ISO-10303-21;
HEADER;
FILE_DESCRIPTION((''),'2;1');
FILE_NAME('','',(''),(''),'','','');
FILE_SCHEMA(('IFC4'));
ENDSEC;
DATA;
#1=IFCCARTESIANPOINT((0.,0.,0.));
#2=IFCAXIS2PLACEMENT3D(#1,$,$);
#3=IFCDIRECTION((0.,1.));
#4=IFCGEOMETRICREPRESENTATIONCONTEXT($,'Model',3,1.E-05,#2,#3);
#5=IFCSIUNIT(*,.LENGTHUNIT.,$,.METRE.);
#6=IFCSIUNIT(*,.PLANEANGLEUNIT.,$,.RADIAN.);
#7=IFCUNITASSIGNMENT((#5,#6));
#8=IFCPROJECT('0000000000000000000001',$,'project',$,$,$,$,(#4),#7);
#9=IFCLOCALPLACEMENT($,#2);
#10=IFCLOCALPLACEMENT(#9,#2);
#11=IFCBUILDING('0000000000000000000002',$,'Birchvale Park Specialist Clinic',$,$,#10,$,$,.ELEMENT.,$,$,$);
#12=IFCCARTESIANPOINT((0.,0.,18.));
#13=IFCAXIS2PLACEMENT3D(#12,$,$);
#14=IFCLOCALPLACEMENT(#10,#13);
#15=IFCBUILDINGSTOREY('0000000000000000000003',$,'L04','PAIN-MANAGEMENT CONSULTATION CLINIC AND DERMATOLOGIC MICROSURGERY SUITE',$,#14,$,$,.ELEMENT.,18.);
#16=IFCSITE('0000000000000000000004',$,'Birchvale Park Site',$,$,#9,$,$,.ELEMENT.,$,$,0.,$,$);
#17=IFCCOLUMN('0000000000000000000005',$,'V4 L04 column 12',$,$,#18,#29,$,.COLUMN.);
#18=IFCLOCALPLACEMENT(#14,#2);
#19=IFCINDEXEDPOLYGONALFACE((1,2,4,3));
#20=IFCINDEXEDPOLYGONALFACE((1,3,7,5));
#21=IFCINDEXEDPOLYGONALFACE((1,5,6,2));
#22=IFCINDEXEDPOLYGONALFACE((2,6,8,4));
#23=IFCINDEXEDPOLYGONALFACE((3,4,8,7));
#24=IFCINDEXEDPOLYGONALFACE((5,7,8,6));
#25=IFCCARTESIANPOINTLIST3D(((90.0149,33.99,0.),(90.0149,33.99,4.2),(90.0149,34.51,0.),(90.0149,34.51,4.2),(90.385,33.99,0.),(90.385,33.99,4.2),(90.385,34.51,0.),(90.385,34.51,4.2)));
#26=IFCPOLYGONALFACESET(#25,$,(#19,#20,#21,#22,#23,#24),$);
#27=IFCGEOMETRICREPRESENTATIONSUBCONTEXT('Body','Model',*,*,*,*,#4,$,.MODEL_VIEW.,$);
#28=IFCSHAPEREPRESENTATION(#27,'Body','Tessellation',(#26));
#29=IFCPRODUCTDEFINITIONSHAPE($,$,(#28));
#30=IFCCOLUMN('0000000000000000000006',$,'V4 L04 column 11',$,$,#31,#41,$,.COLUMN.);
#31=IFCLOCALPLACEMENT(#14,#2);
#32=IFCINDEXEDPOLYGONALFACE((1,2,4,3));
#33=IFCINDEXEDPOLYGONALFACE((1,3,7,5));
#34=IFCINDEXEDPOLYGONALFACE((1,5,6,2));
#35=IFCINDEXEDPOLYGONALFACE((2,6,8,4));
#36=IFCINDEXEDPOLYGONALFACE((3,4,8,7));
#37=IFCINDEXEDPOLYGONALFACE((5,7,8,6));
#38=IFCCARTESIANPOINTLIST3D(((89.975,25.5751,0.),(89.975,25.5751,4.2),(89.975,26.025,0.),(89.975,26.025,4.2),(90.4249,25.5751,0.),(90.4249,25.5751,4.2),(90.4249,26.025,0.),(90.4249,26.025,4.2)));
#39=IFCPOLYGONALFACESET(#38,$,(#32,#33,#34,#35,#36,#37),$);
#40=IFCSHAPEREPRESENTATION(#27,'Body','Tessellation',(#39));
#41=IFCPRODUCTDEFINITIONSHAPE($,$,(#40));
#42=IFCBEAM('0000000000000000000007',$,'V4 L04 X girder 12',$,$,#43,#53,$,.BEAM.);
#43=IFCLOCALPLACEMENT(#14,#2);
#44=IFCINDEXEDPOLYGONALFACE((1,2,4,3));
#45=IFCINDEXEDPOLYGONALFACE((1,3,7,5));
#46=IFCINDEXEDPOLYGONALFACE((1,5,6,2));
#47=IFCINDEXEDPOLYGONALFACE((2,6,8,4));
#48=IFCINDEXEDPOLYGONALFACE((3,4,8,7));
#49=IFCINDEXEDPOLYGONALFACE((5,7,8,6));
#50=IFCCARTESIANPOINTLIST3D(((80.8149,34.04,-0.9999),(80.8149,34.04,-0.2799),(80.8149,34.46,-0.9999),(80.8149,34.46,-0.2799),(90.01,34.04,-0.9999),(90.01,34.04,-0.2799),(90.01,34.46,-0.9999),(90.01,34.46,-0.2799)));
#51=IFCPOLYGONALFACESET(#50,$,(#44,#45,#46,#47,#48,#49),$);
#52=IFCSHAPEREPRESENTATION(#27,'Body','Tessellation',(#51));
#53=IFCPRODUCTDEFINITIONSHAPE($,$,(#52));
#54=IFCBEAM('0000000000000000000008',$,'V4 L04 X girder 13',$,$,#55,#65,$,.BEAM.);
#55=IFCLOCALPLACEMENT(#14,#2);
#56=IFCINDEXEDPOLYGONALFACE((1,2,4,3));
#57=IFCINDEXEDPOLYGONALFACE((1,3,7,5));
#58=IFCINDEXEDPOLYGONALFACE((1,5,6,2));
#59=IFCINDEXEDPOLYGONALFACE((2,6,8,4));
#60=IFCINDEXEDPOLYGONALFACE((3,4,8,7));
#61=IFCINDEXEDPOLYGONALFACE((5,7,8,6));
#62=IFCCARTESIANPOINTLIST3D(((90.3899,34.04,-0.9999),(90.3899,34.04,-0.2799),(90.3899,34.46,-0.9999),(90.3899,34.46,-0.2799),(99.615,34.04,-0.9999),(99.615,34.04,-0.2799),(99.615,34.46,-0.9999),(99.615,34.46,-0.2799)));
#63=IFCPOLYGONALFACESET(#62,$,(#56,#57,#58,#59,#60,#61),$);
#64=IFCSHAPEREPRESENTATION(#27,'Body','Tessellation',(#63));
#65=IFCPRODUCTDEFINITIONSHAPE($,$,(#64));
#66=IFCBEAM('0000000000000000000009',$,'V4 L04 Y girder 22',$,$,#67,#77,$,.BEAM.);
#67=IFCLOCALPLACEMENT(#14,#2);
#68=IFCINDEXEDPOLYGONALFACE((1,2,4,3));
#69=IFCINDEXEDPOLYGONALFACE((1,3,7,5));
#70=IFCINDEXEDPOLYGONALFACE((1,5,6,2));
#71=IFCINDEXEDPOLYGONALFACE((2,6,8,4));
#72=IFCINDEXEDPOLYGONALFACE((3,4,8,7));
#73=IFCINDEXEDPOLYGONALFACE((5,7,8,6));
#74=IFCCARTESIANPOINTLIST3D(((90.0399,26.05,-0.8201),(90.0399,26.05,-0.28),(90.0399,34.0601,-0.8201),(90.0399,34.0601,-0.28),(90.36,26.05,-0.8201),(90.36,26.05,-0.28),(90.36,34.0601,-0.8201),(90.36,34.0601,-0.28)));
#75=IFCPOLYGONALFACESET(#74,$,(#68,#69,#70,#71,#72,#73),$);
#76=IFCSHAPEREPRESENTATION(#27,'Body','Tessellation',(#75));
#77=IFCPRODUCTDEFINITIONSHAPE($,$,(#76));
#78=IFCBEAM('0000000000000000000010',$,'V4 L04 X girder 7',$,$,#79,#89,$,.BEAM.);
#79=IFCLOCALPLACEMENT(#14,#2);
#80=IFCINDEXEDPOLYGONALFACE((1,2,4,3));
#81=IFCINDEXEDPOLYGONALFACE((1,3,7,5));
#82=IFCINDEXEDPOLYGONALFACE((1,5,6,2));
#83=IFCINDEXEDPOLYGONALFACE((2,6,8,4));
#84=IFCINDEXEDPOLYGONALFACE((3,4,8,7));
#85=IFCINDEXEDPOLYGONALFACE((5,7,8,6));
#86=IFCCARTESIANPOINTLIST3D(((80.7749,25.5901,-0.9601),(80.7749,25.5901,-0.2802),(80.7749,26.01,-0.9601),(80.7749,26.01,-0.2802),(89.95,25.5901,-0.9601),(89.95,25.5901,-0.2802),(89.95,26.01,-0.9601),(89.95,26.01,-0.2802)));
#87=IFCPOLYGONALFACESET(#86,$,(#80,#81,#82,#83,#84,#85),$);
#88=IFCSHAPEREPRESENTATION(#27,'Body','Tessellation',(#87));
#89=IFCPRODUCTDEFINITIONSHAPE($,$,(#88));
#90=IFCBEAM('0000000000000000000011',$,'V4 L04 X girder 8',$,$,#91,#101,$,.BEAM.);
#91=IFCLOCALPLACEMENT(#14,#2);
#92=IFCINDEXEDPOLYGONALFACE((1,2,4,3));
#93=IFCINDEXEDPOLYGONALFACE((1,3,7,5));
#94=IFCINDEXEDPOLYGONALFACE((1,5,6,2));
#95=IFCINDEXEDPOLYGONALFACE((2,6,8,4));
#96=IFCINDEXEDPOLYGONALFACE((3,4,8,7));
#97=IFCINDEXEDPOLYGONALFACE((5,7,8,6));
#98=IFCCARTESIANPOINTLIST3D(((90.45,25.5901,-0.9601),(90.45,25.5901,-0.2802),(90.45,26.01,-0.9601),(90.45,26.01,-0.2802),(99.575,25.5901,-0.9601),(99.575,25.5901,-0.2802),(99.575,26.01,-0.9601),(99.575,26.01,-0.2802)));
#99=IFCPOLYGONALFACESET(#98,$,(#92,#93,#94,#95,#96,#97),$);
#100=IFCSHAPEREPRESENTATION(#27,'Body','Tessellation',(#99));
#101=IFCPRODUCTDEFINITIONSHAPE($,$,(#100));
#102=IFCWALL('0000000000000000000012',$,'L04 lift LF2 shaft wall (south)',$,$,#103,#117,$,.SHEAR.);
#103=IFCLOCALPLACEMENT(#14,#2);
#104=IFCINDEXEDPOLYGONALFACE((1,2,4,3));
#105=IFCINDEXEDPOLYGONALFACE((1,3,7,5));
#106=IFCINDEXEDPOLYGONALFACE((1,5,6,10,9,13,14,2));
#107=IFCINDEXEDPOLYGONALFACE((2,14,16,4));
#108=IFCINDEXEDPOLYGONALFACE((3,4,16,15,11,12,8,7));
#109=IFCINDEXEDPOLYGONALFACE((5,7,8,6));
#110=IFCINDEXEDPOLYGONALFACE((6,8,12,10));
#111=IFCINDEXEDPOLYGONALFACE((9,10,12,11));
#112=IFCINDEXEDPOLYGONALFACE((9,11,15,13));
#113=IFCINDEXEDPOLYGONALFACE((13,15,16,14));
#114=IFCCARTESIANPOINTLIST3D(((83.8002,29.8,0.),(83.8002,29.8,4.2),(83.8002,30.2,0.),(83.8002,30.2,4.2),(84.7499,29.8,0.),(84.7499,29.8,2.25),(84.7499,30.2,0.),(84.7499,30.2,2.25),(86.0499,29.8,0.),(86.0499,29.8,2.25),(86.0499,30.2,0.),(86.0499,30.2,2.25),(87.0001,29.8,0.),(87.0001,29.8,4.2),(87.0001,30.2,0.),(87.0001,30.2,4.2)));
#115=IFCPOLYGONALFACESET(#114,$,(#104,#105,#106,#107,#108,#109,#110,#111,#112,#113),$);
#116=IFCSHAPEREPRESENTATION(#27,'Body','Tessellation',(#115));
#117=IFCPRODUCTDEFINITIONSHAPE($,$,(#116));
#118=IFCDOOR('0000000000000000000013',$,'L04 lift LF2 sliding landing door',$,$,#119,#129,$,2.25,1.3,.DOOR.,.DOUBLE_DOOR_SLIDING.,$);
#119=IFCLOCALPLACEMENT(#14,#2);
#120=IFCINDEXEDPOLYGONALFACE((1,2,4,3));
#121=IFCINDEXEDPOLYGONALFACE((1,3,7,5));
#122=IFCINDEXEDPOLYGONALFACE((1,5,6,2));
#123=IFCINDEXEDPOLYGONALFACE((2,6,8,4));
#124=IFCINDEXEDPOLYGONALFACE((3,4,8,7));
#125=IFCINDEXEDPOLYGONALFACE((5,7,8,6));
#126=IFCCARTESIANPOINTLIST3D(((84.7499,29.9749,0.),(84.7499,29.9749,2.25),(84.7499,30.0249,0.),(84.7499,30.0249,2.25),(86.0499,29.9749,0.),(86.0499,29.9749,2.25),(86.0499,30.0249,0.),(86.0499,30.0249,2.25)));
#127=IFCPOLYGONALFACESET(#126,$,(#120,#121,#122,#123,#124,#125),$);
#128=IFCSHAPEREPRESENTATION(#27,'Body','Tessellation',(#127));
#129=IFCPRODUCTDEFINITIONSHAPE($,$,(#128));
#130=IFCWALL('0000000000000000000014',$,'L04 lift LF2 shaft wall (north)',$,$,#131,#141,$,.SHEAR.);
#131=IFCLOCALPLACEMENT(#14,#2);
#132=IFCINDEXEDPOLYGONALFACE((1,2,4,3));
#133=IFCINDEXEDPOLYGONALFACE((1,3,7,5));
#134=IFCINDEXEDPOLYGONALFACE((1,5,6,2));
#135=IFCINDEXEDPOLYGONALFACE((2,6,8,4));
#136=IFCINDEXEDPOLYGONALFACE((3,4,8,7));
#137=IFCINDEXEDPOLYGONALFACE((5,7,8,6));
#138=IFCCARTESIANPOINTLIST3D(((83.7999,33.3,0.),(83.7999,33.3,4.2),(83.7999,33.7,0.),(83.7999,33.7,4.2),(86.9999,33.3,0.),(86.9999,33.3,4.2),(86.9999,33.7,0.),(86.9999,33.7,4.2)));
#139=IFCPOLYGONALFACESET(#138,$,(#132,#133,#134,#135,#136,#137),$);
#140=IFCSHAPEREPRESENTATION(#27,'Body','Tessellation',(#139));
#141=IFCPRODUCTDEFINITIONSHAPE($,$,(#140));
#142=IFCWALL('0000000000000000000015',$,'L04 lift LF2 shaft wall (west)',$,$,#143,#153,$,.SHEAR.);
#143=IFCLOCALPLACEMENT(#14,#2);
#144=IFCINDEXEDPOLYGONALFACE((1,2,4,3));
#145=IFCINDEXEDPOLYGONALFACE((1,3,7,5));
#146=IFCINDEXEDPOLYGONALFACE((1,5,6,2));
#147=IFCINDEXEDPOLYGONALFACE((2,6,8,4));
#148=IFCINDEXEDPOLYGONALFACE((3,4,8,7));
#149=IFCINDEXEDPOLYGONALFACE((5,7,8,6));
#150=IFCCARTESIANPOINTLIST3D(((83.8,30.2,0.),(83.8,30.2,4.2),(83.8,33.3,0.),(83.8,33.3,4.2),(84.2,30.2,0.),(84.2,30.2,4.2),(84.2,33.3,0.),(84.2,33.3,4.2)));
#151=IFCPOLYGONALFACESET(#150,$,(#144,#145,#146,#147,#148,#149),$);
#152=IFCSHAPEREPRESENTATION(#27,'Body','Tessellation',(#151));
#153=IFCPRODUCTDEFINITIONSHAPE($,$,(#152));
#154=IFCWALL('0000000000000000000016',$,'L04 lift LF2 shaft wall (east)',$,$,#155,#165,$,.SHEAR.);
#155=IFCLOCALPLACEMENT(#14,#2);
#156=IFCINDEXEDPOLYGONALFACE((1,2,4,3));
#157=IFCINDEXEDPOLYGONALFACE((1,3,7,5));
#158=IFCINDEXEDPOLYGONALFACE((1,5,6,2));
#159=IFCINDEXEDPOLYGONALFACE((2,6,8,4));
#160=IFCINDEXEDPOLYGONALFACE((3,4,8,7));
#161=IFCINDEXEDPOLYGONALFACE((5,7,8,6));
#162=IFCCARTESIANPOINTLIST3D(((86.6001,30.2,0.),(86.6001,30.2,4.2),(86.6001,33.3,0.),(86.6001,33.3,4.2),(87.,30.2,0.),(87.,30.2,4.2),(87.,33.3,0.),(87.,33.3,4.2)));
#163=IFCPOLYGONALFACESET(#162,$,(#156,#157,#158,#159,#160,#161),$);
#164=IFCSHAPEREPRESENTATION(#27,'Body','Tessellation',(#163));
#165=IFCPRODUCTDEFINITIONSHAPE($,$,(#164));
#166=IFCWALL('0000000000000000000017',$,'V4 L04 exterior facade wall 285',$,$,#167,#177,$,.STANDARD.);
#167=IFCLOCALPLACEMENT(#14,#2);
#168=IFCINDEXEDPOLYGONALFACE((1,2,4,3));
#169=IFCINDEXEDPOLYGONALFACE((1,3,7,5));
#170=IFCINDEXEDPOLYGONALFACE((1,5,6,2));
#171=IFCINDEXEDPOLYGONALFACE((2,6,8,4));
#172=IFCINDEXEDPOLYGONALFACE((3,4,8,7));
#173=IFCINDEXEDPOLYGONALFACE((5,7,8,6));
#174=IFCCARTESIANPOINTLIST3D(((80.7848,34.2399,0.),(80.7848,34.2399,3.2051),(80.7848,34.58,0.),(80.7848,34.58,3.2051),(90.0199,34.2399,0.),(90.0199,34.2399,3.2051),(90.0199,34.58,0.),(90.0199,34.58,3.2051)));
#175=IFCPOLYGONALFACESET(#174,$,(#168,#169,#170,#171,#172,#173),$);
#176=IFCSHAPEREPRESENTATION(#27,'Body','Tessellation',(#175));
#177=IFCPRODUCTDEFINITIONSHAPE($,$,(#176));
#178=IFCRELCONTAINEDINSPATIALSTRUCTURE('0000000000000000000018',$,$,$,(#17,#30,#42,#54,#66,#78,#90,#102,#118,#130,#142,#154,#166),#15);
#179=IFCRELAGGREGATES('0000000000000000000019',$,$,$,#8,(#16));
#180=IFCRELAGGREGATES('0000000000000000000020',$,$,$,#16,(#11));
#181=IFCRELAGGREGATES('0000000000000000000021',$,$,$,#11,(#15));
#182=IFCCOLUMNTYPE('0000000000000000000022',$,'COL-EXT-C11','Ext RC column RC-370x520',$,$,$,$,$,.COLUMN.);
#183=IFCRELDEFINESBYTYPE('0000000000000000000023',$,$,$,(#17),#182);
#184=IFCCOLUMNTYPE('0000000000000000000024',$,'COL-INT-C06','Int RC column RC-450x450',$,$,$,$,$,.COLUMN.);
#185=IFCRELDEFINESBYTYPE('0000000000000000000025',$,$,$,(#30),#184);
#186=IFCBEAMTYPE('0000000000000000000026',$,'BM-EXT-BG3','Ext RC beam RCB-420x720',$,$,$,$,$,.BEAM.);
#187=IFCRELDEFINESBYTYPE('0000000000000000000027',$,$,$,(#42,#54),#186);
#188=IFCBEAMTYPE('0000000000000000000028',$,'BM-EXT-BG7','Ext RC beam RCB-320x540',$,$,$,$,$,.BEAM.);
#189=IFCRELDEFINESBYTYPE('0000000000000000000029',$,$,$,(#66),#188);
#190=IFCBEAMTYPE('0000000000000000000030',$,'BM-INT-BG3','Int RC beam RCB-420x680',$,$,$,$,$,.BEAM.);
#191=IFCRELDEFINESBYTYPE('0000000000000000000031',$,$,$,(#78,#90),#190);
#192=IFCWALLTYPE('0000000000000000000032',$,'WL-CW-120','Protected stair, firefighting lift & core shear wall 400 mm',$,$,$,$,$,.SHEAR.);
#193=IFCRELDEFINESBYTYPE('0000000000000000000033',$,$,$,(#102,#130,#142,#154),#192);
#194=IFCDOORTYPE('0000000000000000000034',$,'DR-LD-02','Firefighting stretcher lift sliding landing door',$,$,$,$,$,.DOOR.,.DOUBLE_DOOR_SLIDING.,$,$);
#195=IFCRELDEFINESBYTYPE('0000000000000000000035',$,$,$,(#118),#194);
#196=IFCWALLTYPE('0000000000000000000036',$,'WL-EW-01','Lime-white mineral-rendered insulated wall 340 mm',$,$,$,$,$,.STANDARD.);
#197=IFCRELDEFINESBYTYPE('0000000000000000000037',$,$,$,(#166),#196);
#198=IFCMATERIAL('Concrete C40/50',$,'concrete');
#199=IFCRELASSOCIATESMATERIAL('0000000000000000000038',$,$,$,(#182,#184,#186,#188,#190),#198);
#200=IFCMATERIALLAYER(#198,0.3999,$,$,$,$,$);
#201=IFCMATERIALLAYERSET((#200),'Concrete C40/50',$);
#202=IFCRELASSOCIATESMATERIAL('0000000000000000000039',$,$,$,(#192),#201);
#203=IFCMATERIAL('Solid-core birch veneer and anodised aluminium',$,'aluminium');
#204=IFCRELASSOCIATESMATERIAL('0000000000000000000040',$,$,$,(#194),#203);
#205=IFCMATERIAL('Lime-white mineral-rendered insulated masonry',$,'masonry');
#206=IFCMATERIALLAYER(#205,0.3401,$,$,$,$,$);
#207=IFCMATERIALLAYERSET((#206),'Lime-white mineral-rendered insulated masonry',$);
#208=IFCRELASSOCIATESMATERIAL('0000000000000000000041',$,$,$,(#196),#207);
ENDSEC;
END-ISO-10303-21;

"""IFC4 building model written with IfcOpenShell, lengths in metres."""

from ifc_helpers import new_model, si_unit, direction, frame, frame_2d, origin, origin_2d, place, context, subcontext, project, spatial, rectangle, extrude, material, layer, layer_set, material_profile, profile_set, type_object, element, fill, save


model = new_model("IFC4")

# Units and contexts
model_context = context("Model", 3, precision=1e-05, world=origin(), true_north=direction((0.0, 1.0)))
body_context = subcontext(model_context, "Body", "Model", "MODEL_VIEW")
ifc_project = project(units=[si_unit("LENGTHUNIT", "METRE"), si_unit("PLANEANGLEUNIT", "RADIAN")], contexts=[model_context])

# Site, building, storey
site_placement = place(None, origin())
site = spatial("IfcSite", under=ifc_project, at=site_placement, Name="Birchvale Park Site", CompositionType="ELEMENT", RefElevation=0.0)
building_placement = place(site_placement, origin())
building = spatial("IfcBuilding", under=site, at=building_placement, Name="Birchvale Park Specialist Clinic", CompositionType="ELEMENT")
storey_placement = place(building_placement, frame((0.0, 0.0, 18.0)))
storey = spatial("IfcBuildingStorey", under=building, at=storey_placement, Name="L04", Description="PAIN-MANAGEMENT CONSULTATION CLINIC AND DERMATOLOGIC MICROSURGERY SUITE", CompositionType="ELEMENT", Elevation=18.0)

# Columns
ifc_material_1 = material(Name="Concrete C40/50", Category="concrete")
ifc_material_profile_1 = material_profile(ifc_material_1, rectangle(XDim=0.3701, YDim=0.52, at=origin_2d()), Name="RC-370x520")
ifc_profile_set_1 = profile_set([ifc_material_profile_1], Name="Concrete C40/50")
column_type_1 = type_object("IfcColumnType", Name="COL-EXT-C11", Description="Ext RC column RC-370x520", PredefinedType="COLUMN", material=ifc_profile_set_1)
column_1_placement = place(storey_placement, frame((90.2, 34.25, 0.0), z_axis=(0.0, 0.0, 1.0), x_axis=(1.0, 0.0, 0.0)))
element("IfcColumn", 1, at=column_1_placement, inside=storey, type_object=column_type_1, Name="V4 L04 column 12", PredefinedType="COLUMN", context=body_context, shape_type="SweptSolid", body=[
    extrude(rectangle(XDim=0.3701, YDim=0.52, at=origin_2d()), origin(), (0.0, 0.0, 1.0), 4.2),
])
ifc_material_profile_2 = material_profile(ifc_material_1, rectangle(XDim=0.45, YDim=0.45, at=origin_2d()), Name="RC-450x450")
ifc_profile_set_2 = profile_set([ifc_material_profile_2], Name="Concrete C40/50")
column_type_2 = type_object("IfcColumnType", Name="COL-INT-C06", Description="Int RC column RC-450x450", PredefinedType="COLUMN", material=ifc_profile_set_2)
column_2_placement = place(storey_placement, frame((90.2, 25.8, 0.0), z_axis=(0.0, 0.0, 1.0), x_axis=(1.0, 0.0, 0.0)))
element("IfcColumn", 2, at=column_2_placement, inside=storey, type_object=column_type_2, Name="V4 L04 column 11", PredefinedType="COLUMN", context=body_context, shape_type="SweptSolid", body=[
    extrude(rectangle(XDim=0.45, YDim=0.45, at=origin_2d()), origin(), (0.0, 0.0, 1.0), 4.2),
])

# Beams
ifc_material_profile_3 = material_profile(ifc_material_1, rectangle(XDim=0.4199, YDim=0.72, at=origin_2d()), Name="RCB-420x720")
ifc_profile_set_3 = profile_set([ifc_material_profile_3], Name="Concrete C40/50")
beam_type_1 = type_object("IfcBeamType", Name="BM-EXT-BG3", Description="Ext RC beam RCB-420x720", PredefinedType="BEAM", material=ifc_profile_set_3)
beam_1_placement = place(storey_placement, frame((80.8149, 34.25, -0.6399), z_axis=(1.0, 0.0, 0.0), x_axis=(0.0, 1.0, 0.0)))
element("IfcBeam", 3, at=beam_1_placement, inside=storey, type_object=beam_type_1, Name="V4 L04 X girder 12", PredefinedType="BEAM", context=body_context, shape_type="SweptSolid", body=[
    extrude(rectangle(XDim=0.4199, YDim=0.72, at=origin_2d()), origin(), (0.0, 0.0, 1.0), 9.1951),
])
beam_2_placement = place(storey_placement, frame((90.3899, 34.25, -0.6399), z_axis=(1.0, 0.0, 0.0), x_axis=(0.0, 1.0, 0.0)))
element("IfcBeam", 4, at=beam_2_placement, inside=storey, type_object=beam_type_1, Name="V4 L04 X girder 13", PredefinedType="BEAM", context=body_context, shape_type="SweptSolid", body=[
    extrude(rectangle(XDim=0.4199, YDim=0.72, at=origin_2d()), origin(), (0.0, 0.0, 1.0), 9.2251),
])
ifc_material_profile_4 = material_profile(ifc_material_1, rectangle(XDim=0.3201, YDim=0.54, at=origin_2d()), Name="RCB-320x540")
ifc_profile_set_4 = profile_set([ifc_material_profile_4], Name="Concrete C40/50")
beam_type_2 = type_object("IfcBeamType", Name="BM-EXT-BG7", Description="Ext RC beam RCB-320x540", PredefinedType="BEAM", material=ifc_profile_set_4)
beam_3_placement = place(storey_placement, frame((90.2, 26.05, -0.55), z_axis=(0.0, 1.0, 0.0), x_axis=(-1.0, 0.0, 0.0)))
element("IfcBeam", 5, at=beam_3_placement, inside=storey, type_object=beam_type_2, Name="V4 L04 Y girder 22", PredefinedType="BEAM", context=body_context, shape_type="SweptSolid", body=[
    extrude(rectangle(XDim=0.3201, YDim=0.54, at=origin_2d()), origin(), (0.0, 0.0, 1.0), 8.01),
])
ifc_material_profile_5 = material_profile(ifc_material_1, rectangle(XDim=0.4199, YDim=0.6799, at=origin_2d()), Name="RCB-420x680")
ifc_profile_set_5 = profile_set([ifc_material_profile_5], Name="Concrete C40/50")
beam_type_3 = type_object("IfcBeamType", Name="BM-INT-BG3", Description="Int RC beam RCB-420x680", PredefinedType="BEAM", material=ifc_profile_set_5)
beam_4_placement = place(storey_placement, frame((80.7749, 25.8, -0.6201), z_axis=(1.0, 0.0, 0.0), x_axis=(0.0, 1.0, 0.0)))
element("IfcBeam", 6, at=beam_4_placement, inside=storey, type_object=beam_type_3, Name="V4 L04 X girder 7", PredefinedType="BEAM", context=body_context, shape_type="SweptSolid", body=[
    extrude(rectangle(XDim=0.4199, YDim=0.6799, at=origin_2d()), origin(), (0.0, 0.0, 1.0), 9.175),
])
beam_5_placement = place(storey_placement, frame((90.45, 25.8, -0.6201), z_axis=(1.0, 0.0, 0.0), x_axis=(0.0, 1.0, 0.0)))
element("IfcBeam", 7, at=beam_5_placement, inside=storey, type_object=beam_type_3, Name="V4 L04 X girder 8", PredefinedType="BEAM", context=body_context, shape_type="SweptSolid", body=[
    extrude(rectangle(XDim=0.4199, YDim=0.6799, at=origin_2d()), origin(), (0.0, 0.0, 1.0), 9.125),
])

# Wall, opening, door
ifc_layer_1 = layer(ifc_material_1, 0.3999)
ifc_layer_set_1 = layer_set([ifc_layer_1], Name="Concrete C40/50")
wall_type_1 = type_object("IfcWallType", Name="WL-CW-120", Description="Protected stair, firefighting lift & core shear wall 400 mm", PredefinedType="SHEAR", material=ifc_layer_set_1)
wall_1_placement = place(storey_placement, frame((83.8, 30.0, 0.0), z_axis=(0.0, 0.0, 1.0), x_axis=(1.0, 0.0, 0.0)))
wall_1 = element("IfcWall", 8, at=wall_1_placement, inside=storey, type_object=wall_type_1, Name="L04 lift LF2 shaft wall (south)", PredefinedType="SHEAR", context=body_context, shape_type="SweptSolid", body=[
    extrude(rectangle(XDim=3.2, YDim=0.3999, at=frame_2d((1.6001, 0.0))), origin(), (0.0, 0.0, 1.0), 4.2),
])
opening_1_placement = place(wall_1_placement, frame((0.95, 0.0, 0.0)))
opening_1 = element("IfcOpeningElement", 9, at=opening_1_placement, cuts=wall_1, PredefinedType="OPENING", context=body_context, shape_type="SweptSolid", body=[
    extrude(rectangle(XDim=1.3, YDim=2.25, at=frame_2d((0.6499, 1.125))), frame((0.0, 0.21, 0.0), z_axis=(0.0, -1.0, 0.0), x_axis=(1.0, 0.0, 0.0)), (0.0, 0.0, 1.0), 0.4199),
])
ifc_material_2 = material(Name="Solid-core birch veneer and anodised aluminium", Category="aluminium")
door_type_1 = type_object("IfcDoorType", Name="DR-LD-02", Description="Firefighting stretcher lift sliding landing door", OperationType="DOUBLE_DOOR_SLIDING", PredefinedType="DOOR", material=ifc_material_2)
door_1_placement = place(opening_1_placement, origin())
door_1 = element("IfcDoor", 10, at=door_1_placement, inside=storey, type_object=door_type_1, Name="L04 lift LF2 sliding landing door", OperationType="DOUBLE_DOOR_SLIDING", OverallHeight=2.25, OverallWidth=1.3, PredefinedType="DOOR", context=body_context, shape_type="SweptSolid", body=[
    extrude(rectangle(XDim=1.3, YDim=2.25, at=frame_2d((0.6499, 1.125))), frame((0.0, 0.0249, 0.0), z_axis=(0.0, -1.0, 0.0), x_axis=(1.0, 0.0, 0.0)), (0.0, 0.0, 1.0), 0.05),
])
fill(opening_1, door_1)

# Walls
wall_2_placement = place(storey_placement, frame((87.0, 33.5, 0.0), z_axis=(0.0, 0.0, 1.0), x_axis=(-1.0, 0.0, 0.0)))
element("IfcWall", 11, at=wall_2_placement, inside=storey, type_object=wall_type_1, Name="L04 lift LF2 shaft wall (north)", PredefinedType="SHEAR", context=body_context, shape_type="SweptSolid", body=[
    extrude(rectangle(XDim=3.2, YDim=0.3999, at=frame_2d((1.6001, 0.0))), origin(), (0.0, 0.0, 1.0), 4.2),
])
for number, where, z_axis, x_axis, name in (
    (12, (84.0, 30.2, 0.0), (0.0, 0.0, 1.0), (0.0, 1.0, 0.0), "L04 lift LF2 shaft wall (west)"),
    (13, (86.8, 33.3, 0.0), (0.0, 0.0, 1.0), (0.0, -1.0, 0.0), "L04 lift LF2 shaft wall (east)"),
):
    element("IfcWall", number, at=place(storey_placement, frame(where, z_axis=z_axis, x_axis=x_axis)), inside=storey, type_object=wall_type_1, Name=name, PredefinedType="SHEAR", context=body_context, shape_type="SweptSolid", body=[
        extrude(rectangle(XDim=3.1001, YDim=0.3999, at=frame_2d((1.55, 0.0))), origin(), (0.0, 0.0, 1.0), 4.2),
    ])
ifc_material_3 = material(Name="Lime-white mineral-rendered insulated masonry", Category="masonry")
ifc_layer_2 = layer(ifc_material_3, 0.3401)
ifc_layer_set_2 = layer_set([ifc_layer_2], Name="Lime-white mineral-rendered insulated masonry")
wall_type_2 = type_object("IfcWallType", Name="WL-EW-01", Description="Lime-white mineral-rendered insulated wall 340 mm", PredefinedType="STANDARD", material=ifc_layer_set_2)
wall_3_placement = place(storey_placement, frame((90.02, 34.4099, 0.0), z_axis=(0.0, 0.0, 1.0), x_axis=(-1.0, 0.0, 0.0)))
element("IfcWall", 14, at=wall_3_placement, inside=storey, type_object=wall_type_2, Name="V4 L04 exterior facade wall 285", PredefinedType="STANDARD", context=body_context, shape_type="SweptSolid", body=[
    extrude(rectangle(XDim=9.2351, YDim=0.3401, at=frame_2d((4.6177, 0.0))), origin(), (0.0, 0.0, 1.0), 3.2051),
])

save(model, "model.ifc")
